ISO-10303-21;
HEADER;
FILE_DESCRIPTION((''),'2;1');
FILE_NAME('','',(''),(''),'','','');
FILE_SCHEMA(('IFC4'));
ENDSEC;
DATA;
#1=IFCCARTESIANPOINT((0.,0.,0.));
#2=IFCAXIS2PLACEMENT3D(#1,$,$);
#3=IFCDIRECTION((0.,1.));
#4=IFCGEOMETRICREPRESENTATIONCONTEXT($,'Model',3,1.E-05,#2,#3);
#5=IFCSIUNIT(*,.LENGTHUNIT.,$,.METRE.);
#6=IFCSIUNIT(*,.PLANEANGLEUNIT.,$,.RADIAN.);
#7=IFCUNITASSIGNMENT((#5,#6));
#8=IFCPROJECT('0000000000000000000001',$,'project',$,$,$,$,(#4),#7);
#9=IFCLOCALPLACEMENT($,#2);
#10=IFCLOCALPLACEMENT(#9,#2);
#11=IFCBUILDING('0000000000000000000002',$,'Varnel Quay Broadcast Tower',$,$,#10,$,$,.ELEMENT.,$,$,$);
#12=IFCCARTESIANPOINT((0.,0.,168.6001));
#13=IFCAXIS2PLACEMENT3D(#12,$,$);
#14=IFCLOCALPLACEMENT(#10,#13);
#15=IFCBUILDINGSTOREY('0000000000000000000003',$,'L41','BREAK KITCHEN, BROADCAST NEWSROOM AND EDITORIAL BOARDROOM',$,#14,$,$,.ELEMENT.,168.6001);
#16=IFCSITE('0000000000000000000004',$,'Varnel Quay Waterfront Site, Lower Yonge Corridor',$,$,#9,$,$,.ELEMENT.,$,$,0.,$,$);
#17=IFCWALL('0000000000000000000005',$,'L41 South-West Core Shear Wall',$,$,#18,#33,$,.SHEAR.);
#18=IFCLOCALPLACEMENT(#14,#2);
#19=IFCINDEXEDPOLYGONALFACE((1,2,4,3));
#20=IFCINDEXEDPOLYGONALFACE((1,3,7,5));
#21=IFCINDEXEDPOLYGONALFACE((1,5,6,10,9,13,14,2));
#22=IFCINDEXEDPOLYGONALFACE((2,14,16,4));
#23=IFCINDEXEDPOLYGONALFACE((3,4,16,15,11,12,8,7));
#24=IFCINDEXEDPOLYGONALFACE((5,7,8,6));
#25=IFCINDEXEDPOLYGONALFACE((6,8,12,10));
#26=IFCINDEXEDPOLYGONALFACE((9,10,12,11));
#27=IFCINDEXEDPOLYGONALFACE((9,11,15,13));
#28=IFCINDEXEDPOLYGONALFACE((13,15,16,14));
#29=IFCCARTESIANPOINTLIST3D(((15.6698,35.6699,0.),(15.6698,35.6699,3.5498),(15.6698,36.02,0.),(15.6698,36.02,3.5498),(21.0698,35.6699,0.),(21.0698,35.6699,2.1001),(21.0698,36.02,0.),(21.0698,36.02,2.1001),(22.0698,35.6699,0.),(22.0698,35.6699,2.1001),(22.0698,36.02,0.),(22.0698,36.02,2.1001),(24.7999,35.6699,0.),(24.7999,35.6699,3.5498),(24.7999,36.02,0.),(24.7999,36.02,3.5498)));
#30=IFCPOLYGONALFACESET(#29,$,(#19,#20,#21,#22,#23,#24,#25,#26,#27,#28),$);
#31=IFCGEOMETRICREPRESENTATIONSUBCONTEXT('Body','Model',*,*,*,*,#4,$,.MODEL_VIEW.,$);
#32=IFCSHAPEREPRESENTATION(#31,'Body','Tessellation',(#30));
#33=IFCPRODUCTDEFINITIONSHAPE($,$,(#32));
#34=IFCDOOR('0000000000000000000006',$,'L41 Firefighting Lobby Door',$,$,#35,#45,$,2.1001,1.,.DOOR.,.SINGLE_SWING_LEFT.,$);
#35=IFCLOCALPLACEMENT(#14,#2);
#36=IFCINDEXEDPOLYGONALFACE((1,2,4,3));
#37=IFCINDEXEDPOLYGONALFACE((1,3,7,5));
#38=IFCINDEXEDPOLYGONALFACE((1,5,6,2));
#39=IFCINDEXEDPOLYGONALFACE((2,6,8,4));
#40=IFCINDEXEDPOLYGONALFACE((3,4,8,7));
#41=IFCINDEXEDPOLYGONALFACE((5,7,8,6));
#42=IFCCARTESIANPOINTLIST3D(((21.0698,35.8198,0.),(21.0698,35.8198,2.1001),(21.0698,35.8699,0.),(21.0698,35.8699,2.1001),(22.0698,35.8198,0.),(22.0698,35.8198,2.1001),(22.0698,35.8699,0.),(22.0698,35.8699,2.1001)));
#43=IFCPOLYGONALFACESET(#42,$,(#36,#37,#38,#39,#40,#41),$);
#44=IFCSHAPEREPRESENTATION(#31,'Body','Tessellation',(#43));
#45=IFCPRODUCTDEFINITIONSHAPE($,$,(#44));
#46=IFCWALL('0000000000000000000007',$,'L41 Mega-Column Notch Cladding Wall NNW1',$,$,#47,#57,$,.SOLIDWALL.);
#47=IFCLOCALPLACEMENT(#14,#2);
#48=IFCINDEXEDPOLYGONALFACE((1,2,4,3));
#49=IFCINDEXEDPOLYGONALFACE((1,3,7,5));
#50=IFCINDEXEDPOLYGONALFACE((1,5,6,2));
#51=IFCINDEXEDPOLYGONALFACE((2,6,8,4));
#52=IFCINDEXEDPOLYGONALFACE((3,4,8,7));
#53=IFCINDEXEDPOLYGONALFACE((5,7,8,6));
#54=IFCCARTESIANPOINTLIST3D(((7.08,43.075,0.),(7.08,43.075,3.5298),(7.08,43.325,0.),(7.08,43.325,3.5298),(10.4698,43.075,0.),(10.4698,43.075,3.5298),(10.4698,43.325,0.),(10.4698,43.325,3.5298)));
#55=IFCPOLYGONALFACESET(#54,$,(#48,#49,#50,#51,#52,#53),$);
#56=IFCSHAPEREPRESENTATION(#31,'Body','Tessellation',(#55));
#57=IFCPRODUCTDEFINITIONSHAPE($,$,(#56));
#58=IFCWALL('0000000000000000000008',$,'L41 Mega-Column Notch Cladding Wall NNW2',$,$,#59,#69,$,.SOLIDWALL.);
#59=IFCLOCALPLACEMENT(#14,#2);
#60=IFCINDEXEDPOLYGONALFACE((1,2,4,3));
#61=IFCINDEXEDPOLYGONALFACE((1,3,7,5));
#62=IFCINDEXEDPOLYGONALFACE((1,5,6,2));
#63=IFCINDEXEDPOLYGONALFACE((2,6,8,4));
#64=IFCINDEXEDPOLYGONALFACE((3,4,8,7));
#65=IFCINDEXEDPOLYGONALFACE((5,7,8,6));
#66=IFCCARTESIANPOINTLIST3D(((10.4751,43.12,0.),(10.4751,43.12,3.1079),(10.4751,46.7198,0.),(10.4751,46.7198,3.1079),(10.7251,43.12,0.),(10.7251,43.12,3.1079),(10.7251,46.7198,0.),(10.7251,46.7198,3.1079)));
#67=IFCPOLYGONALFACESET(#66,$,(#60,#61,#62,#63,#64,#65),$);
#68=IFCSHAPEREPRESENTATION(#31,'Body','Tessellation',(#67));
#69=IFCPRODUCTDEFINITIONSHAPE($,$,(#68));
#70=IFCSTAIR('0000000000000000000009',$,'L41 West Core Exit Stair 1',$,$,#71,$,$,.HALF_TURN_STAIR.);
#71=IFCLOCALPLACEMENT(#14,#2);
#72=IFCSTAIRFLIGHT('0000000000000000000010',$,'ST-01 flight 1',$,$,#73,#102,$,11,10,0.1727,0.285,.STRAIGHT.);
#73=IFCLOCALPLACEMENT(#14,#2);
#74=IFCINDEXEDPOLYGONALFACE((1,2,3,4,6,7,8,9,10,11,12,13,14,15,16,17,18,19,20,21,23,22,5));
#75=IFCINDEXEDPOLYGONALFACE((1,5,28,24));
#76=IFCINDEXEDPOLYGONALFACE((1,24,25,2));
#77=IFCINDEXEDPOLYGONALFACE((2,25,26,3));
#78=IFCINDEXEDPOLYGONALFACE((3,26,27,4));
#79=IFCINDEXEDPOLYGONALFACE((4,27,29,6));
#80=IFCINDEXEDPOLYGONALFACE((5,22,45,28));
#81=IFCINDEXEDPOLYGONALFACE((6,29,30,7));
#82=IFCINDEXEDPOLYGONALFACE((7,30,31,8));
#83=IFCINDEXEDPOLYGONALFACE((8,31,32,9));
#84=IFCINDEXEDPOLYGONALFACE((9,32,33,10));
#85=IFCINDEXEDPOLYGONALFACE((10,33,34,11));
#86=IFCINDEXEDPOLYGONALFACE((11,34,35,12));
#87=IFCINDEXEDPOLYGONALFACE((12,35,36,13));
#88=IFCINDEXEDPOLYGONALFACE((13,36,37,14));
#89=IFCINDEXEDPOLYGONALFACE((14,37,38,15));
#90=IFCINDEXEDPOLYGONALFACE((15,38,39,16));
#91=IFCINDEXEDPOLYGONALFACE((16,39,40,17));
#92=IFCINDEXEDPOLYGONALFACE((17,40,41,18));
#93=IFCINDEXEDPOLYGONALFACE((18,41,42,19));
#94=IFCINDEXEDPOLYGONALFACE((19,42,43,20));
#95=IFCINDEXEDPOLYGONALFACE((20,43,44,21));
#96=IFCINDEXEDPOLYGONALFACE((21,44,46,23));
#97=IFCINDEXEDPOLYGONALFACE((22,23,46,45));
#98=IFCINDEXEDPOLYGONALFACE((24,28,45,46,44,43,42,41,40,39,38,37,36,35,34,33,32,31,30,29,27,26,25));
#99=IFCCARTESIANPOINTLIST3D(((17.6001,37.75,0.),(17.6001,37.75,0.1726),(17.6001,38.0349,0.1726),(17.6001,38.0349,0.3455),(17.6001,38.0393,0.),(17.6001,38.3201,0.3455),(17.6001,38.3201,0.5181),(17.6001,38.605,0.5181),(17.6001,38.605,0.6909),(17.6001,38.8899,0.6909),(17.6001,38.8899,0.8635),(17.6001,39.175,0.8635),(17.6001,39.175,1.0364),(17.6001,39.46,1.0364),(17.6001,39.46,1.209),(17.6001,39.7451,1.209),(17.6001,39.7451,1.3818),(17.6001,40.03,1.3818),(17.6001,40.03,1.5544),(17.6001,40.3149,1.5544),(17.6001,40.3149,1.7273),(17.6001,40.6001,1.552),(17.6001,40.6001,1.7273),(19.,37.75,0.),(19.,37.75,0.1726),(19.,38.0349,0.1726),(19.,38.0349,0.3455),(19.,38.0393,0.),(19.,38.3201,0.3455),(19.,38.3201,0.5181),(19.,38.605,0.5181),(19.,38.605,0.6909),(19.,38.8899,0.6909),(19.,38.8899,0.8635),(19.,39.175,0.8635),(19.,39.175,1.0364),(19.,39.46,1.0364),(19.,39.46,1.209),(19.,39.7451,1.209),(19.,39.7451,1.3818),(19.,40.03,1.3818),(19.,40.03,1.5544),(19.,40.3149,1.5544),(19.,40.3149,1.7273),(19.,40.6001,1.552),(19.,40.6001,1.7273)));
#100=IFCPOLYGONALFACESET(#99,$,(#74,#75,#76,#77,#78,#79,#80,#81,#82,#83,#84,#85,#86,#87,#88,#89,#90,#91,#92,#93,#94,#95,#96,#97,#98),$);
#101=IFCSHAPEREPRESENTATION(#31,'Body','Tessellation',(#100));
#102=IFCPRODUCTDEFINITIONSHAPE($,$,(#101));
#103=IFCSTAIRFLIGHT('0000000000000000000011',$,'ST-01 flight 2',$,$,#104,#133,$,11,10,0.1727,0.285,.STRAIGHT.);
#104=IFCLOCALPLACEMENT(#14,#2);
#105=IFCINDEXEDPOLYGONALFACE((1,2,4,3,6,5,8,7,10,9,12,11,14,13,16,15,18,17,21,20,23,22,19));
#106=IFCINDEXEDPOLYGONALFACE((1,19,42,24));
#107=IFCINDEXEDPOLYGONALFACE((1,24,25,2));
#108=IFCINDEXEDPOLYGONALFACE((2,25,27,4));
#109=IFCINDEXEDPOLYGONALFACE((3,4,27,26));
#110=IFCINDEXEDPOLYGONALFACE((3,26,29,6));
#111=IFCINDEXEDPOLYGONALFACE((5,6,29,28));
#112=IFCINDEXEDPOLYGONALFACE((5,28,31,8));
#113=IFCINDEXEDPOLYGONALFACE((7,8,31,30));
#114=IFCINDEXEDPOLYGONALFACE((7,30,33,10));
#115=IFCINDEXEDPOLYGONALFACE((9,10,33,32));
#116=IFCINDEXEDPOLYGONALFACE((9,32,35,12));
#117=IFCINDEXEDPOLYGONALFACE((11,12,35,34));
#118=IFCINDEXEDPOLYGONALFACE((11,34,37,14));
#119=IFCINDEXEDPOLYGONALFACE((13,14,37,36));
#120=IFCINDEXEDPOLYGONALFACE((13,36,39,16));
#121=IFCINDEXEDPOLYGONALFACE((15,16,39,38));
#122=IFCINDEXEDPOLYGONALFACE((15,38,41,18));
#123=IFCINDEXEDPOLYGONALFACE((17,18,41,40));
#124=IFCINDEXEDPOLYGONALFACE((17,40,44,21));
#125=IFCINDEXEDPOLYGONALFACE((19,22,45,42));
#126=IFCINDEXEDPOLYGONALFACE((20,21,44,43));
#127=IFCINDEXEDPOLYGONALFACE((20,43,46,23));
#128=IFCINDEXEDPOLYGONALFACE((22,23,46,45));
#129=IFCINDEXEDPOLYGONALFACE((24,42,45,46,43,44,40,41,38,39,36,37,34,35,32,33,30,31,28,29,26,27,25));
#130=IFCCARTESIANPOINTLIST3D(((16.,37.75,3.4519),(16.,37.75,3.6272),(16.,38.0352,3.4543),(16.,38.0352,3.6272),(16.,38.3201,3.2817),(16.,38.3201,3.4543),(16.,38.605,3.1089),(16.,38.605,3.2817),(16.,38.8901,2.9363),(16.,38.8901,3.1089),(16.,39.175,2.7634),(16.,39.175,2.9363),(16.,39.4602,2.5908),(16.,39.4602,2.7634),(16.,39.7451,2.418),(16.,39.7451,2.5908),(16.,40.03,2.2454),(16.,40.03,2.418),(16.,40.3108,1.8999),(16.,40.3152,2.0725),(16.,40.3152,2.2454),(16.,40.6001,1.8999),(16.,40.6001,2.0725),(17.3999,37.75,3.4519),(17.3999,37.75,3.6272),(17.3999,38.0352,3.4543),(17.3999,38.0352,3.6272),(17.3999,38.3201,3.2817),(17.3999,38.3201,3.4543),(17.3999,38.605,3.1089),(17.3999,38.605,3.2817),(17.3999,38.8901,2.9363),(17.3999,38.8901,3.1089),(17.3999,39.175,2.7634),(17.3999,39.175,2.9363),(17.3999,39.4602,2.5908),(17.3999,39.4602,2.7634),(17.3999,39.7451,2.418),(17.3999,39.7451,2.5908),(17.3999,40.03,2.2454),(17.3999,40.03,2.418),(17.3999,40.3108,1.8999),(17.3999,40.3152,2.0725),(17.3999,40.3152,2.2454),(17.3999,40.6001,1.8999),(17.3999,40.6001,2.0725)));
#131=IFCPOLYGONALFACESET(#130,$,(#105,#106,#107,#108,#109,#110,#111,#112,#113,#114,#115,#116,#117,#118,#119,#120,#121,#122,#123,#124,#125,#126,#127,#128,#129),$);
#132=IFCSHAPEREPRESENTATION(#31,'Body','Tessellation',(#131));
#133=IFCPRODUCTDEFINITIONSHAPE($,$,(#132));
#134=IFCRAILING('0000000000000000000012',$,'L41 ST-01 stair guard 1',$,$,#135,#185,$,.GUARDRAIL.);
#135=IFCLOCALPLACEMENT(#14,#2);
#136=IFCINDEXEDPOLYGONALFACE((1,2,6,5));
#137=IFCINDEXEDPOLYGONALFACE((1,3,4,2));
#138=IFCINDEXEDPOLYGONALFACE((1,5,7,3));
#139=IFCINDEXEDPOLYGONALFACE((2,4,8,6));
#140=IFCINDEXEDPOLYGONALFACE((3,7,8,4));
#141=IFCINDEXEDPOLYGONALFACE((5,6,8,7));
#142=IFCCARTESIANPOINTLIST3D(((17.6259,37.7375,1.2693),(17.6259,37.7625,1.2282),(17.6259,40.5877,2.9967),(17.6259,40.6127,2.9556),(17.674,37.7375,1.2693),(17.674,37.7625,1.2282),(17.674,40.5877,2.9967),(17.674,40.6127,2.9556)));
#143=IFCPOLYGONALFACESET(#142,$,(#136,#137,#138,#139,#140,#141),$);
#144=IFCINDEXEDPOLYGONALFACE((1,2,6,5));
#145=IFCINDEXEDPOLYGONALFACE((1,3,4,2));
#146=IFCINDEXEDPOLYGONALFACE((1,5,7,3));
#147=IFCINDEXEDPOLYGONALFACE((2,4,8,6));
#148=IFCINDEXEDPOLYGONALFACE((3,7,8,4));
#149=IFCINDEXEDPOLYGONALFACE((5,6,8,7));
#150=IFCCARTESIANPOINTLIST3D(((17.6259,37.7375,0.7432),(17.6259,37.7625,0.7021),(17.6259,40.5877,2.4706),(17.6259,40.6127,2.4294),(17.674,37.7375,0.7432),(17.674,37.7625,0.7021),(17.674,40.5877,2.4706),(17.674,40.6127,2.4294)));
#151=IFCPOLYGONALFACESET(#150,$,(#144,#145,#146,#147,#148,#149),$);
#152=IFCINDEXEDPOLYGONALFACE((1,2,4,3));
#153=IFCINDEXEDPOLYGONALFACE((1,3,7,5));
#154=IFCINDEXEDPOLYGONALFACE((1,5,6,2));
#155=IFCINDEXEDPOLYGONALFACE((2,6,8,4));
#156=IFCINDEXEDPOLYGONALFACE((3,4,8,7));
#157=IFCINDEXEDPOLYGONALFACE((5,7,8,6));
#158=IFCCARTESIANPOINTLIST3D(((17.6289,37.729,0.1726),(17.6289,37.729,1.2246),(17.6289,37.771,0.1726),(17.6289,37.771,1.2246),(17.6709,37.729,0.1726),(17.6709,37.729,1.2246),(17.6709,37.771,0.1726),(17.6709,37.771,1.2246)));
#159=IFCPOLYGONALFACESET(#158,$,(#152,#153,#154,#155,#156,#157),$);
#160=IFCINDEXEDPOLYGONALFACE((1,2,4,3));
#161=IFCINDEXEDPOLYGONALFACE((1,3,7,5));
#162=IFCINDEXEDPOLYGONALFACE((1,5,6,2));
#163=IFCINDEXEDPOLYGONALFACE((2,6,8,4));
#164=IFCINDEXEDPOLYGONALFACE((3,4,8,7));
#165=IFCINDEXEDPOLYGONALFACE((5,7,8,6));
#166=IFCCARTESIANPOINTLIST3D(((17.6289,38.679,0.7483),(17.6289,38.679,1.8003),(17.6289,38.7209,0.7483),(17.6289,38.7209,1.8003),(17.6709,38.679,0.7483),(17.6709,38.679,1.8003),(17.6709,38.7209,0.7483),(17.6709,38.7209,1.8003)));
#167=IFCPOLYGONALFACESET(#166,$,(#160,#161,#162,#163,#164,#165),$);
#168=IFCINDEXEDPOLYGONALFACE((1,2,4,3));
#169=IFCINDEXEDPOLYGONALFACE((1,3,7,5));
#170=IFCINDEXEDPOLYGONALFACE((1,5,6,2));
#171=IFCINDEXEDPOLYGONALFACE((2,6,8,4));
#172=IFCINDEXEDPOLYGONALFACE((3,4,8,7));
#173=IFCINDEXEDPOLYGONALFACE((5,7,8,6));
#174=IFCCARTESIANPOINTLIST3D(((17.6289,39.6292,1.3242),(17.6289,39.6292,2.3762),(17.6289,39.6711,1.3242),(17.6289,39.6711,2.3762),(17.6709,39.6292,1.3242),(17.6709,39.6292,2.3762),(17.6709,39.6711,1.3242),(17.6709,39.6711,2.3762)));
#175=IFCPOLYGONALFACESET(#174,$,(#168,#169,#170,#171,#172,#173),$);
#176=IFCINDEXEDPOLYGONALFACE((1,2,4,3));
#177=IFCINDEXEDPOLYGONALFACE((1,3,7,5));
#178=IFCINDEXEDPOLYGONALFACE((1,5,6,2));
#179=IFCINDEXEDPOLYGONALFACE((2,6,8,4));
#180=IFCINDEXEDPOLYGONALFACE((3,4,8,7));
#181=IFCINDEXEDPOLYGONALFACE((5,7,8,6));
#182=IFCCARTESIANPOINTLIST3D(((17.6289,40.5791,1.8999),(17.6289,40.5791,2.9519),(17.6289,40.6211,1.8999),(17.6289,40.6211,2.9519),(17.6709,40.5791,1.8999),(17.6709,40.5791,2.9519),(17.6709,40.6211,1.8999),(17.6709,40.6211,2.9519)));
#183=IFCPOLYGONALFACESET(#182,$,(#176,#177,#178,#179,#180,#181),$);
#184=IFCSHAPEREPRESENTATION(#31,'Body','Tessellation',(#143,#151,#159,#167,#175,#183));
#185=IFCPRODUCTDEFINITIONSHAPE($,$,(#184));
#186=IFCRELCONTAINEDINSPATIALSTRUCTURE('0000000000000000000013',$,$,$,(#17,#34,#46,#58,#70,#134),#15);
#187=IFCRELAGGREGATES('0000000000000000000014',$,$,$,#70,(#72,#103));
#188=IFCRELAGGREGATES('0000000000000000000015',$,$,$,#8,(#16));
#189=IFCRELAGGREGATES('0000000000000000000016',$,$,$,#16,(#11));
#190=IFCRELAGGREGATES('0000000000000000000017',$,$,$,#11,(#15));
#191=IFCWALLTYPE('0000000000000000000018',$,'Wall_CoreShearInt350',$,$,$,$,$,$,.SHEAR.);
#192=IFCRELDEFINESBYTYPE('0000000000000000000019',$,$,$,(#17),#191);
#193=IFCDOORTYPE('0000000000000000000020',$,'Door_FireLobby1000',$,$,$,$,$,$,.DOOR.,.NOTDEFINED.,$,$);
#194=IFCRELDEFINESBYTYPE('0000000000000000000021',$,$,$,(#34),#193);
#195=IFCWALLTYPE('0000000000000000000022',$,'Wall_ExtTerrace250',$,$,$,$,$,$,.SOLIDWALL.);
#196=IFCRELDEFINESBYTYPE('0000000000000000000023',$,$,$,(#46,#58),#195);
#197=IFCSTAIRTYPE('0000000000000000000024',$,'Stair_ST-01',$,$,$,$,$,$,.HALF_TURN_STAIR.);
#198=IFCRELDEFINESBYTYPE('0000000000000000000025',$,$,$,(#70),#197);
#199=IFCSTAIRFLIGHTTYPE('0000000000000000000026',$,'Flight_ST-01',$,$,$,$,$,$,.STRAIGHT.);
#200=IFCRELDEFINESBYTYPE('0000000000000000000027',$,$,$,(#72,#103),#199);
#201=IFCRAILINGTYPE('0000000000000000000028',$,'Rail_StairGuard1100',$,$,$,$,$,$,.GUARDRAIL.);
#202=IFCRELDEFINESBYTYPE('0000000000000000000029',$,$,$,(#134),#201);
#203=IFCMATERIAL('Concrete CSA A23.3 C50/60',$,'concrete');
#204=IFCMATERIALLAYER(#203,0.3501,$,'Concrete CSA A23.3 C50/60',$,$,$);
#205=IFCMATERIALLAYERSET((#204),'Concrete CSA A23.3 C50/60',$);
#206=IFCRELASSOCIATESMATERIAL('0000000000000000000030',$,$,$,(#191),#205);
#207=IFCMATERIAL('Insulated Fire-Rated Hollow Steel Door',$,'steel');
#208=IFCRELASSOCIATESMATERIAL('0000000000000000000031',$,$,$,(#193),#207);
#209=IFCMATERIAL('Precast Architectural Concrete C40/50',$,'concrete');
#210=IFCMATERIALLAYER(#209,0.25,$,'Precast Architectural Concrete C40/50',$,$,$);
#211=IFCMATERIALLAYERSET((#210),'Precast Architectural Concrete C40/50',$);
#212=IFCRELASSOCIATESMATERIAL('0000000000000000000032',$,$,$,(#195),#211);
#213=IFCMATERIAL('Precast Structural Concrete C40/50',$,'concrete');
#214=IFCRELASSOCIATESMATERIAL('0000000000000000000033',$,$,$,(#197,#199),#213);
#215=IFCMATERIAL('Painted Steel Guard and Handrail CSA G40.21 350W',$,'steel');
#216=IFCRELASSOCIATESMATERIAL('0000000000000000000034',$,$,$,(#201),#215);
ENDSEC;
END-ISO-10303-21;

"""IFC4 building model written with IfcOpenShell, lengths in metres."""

from ifc_helpers import new_model, si_unit, direction, frame, frame_2d, origin, origin_2d, place, context, subcontext, project, spatial, polyline, rectangle, outline, extrude, source, transform, mapped, material, layer, layer_set, type_object, type_shapes, element, fill, aggregate, save


model = new_model("IFC4")

# Units and contexts
model_context = context("Model", 3, precision=1e-05, world=origin(), true_north=direction((0.0, 1.0)))
body_context = subcontext(model_context, "Body", "Model", "MODEL_VIEW")
ifc_project = project(units=[si_unit("LENGTHUNIT", "METRE"), si_unit("PLANEANGLEUNIT", "RADIAN")], contexts=[model_context])

# Site, building, storey
site_placement = place(None, origin())
site = spatial("IfcSite", under=ifc_project, at=site_placement, Name="Varnel Quay Waterfront Site, Lower Yonge Corridor", CompositionType="ELEMENT", RefElevation=0.0)
building_placement = place(site_placement, origin())
building = spatial("IfcBuilding", under=site, at=building_placement, Name="Varnel Quay Broadcast Tower", CompositionType="ELEMENT")
storey_placement = place(building_placement, frame((0.0, 0.0, 168.6001)))
storey = spatial("IfcBuildingStorey", under=building, at=storey_placement, Name="L41", Description="BREAK KITCHEN, BROADCAST NEWSROOM AND EDITORIAL BOARDROOM", CompositionType="ELEMENT", Elevation=168.6001)

# Shared definitions
ifc_material_1 = material(Name="Concrete CSA A23.3 C50/60", Category="concrete")
ifc_material_2 = material(Name="Insulated Fire-Rated Hollow Steel Door", Category="steel")

# Shared definitions
ifc_layer_1 = layer(ifc_material_1, 0.3501, Name="Concrete CSA A23.3 C50/60")
ifc_layer_set_1 = layer_set([ifc_layer_1], Name="Concrete CSA A23.3 C50/60")
wall_type_1 = type_object("IfcWallType", Name="Wall_CoreShearInt350", PredefinedType="SHEAR", material=ifc_layer_set_1)

# Wall, opening, door
wall_1_placement = place(storey_placement, frame((15.6699, 35.845, 0.0), z_axis=(0.0, 0.0, 1.0), x_axis=(1.0, 0.0, 0.0)))
wall_1 = element("IfcWall", 1, at=wall_1_placement, inside=storey, type_object=wall_type_1, Name="L41 South-West Core Shear Wall", PredefinedType="SHEAR", context=body_context, shape_type="SweptSolid", body=[
    extrude(rectangle(XDim=9.1301, YDim=0.3501, at=frame_2d((4.5649, 0.0))), origin(), (0.0, 0.0, 1.0), 3.5498),
])
opening_1_placement = place(wall_1_placement, frame((5.3999, 0.0, 0.0)))
opening_1 = element("IfcOpeningElement", 2, at=opening_1_placement, cuts=wall_1, PredefinedType="OPENING", context=body_context, shape_type="SweptSolid", body=[
    extrude(rectangle(XDim=1.0, YDim=2.1001, at=frame_2d((0.5, 1.05))), frame((0.0, 0.1851, 0.0), z_axis=(0.0, -1.0, 0.0), x_axis=(1.0, 0.0, 0.0)), (0.0, 0.0, 1.0), 0.3701),
])
door_type_1 = type_object("IfcDoorType", Name="Door_FireLobby1000", OperationType="NOTDEFINED", PredefinedType="DOOR", material=ifc_material_2)
shared_shape_1 = source(origin(), body_context, "Body", "SweptSolid", [
    extrude(rectangle(XDim=1.0, YDim=2.1001, at=frame_2d((0.5, 1.05))), frame((0.0, 0.0249, 0.0), z_axis=(0.0, -1.0, 0.0), x_axis=(1.0, 0.0, 0.0)), (0.0, 0.0, 1.0), 0.05),
])
type_shapes(door_type_1, [shared_shape_1])
door_1_placement = place(opening_1_placement, origin())
door_1 = element("IfcDoor", 3, at=door_1_placement, inside=storey, type_object=door_type_1, Name="L41 Firefighting Lobby Door", OperationType="SINGLE_SWING_LEFT", OverallHeight=2.1001, OverallWidth=1.0, PredefinedType="DOOR", context=body_context, shape_type="MappedRepresentation", body=[
    mapped(shared_shape_1, transform((0.0, 0.0, 0.0), x_axis=(1.0, 0.0, 0.0), y_axis=(0.0, 1.0, 0.0), z_axis=(0.0, 0.0, 1.0), scale=1.0)),
])
fill(opening_1, door_1)

# Walls
ifc_material_3 = material(Name="Precast Architectural Concrete C40/50", Category="concrete")
ifc_layer_2 = layer(ifc_material_3, 0.25, Name="Precast Architectural Concrete C40/50")
ifc_layer_set_2 = layer_set([ifc_layer_2], Name="Precast Architectural Concrete C40/50")
wall_type_2 = type_object("IfcWallType", Name="Wall_ExtTerrace250", PredefinedType="SOLIDWALL", material=ifc_layer_set_2)
wall_2_placement = place(storey_placement, frame((7.0801, 43.2, 0.0), z_axis=(0.0, 0.0, 1.0), x_axis=(1.0, 0.0, 0.0)))
element("IfcWall", 4, at=wall_2_placement, inside=storey, type_object=wall_type_2, Name="L41 Mega-Column Notch Cladding Wall NNW1", PredefinedType="SOLIDWALL", context=body_context, shape_type="SweptSolid", body=[
    extrude(rectangle(XDim=3.3899, YDim=0.25, at=frame_2d((1.6948, 0.0))), origin(), (0.0, 0.0, 1.0), 3.5298),
])
wall_3_placement = place(storey_placement, frame((10.6001, 43.1201, 0.0), z_axis=(0.0, 0.0, 1.0), x_axis=(0.0, 1.0, 0.0)))
element("IfcWall", 5, at=wall_3_placement, inside=storey, type_object=wall_type_2, Name="L41 Mega-Column Notch Cladding Wall NNW2", PredefinedType="SOLIDWALL", context=body_context, shape_type="SweptSolid", body=[
    extrude(rectangle(XDim=3.5999, YDim=0.25, at=frame_2d((1.7998, 0.0))), origin(), (0.0, 0.0, 1.0), 3.1079),
])

# Stair, stair flights
ifc_material_4 = material(Name="Precast Structural Concrete C40/50", Category="concrete")
stair_type = type_object("IfcStairType", Name="Stair_ST-01", PredefinedType="HALF_TURN_STAIR", material=ifc_material_4)
stair_placement = place(storey_placement, origin())
stair = element("IfcStair", 6, at=stair_placement, inside=storey, type_object=stair_type, Name="L41 West Core Exit Stair 1", PredefinedType="HALF_TURN_STAIR")
stair_flight_type = type_object("IfcStairFlightType", Name="Flight_ST-01", PredefinedType="STRAIGHT", material=ifc_material_4)
stair_flight_1_placement = place(storey_placement, frame((18.3, 37.75, 0.0), z_axis=(0.0, 0.0, 1.0), x_axis=(0.0, 1.0, 0.0)))
stair_flight_1 = element("IfcStairFlight", 7, at=stair_flight_1_placement, type_object=stair_flight_type, Name="ST-01 flight 1", NumberOfRisers=11, NumberOfTreads=10, PredefinedType="STRAIGHT", RiserHeight=0.1727, TreadLength=0.285, context=body_context, shape_type="SweptSolid", body=[
    extrude(outline(polyline([(0.0, 0.0), (0.0, 0.1726), (0.2849, 0.1726), (0.2849, 0.3455), (0.5701, 0.3455), (0.5701, 0.5181), (0.855, 0.5181), (0.855, 0.6909), (1.1399, 0.6909), (1.1399, 0.8635), (1.425, 0.8635), (1.425, 1.0364), (1.71, 1.0364), (1.71, 1.209), (1.9951, 1.209), (1.9951, 1.3818), (2.28, 1.3818), (2.28, 1.5544), (2.5649, 1.5544), (2.5649, 1.7273), (2.8501, 1.7273), (2.8501, 1.8999), (2.8501, 1.552), (0.2893, 0.0), (0.0, 0.0)])), frame((0.0, 0.7, 0.0), z_axis=(0.0, -1.0, 0.0), x_axis=(1.0, 0.0, 0.0)), (0.0, 0.0, 1.0), 1.3999),
])
stair_flight_2_placement = place(storey_placement, frame((16.7, 40.6001, 1.8999), z_axis=(0.0, 0.0, 1.0), x_axis=(0.0, -1.0, 0.0)))
stair_flight_2 = element("IfcStairFlight", 8, at=stair_flight_2_placement, type_object=stair_flight_type, Name="ST-01 flight 2", NumberOfRisers=11, NumberOfTreads=10, PredefinedType="STRAIGHT", RiserHeight=0.1727, TreadLength=0.285, context=body_context, shape_type="SweptSolid", body=[
    extrude(outline(polyline([(0.0, 0.0), (0.0, 0.1726), (0.2849, 0.1726), (0.2849, 0.3455), (0.5701, 0.3455), (0.5701, 0.5181), (0.855, 0.5181), (0.855, 0.6909), (1.1399, 0.6909), (1.1399, 0.8635), (1.425, 0.8635), (1.425, 1.0364), (1.71, 1.0364), (1.71, 1.209), (1.9951, 1.209), (1.9951, 1.3818), (2.28, 1.3818), (2.28, 1.5544), (2.5649, 1.5544), (2.5649, 1.7273), (2.8501, 1.7273), (2.8501, 1.8999), (2.8501, 1.552), (0.2893, 0.0), (0.0, 0.0)])), frame((0.0, 0.7, 0.0), z_axis=(0.0, -1.0, 0.0), x_axis=(1.0, 0.0, 0.0)), (0.0, 0.0, 1.0), 1.3999),
])
aggregate(stair, [stair_flight_1, stair_flight_2])

# Railing
ifc_material_5 = material(Name="Painted Steel Guard and Handrail CSA G40.21 350W", Category="steel")
railing_type_1 = type_object("IfcRailingType", Name="Rail_StairGuard1100", PredefinedType="GUARDRAIL", material=ifc_material_5)
railing_1_placement = place(storey_placement, frame((17.6499, 37.75, 0.1726)))
element("IfcRailing", 9, at=railing_1_placement, inside=storey, type_object=railing_type_1, Name="L41 ST-01 stair guard 1", PredefinedType="GUARDRAIL", context=body_context, shape_type="SweptSolid", body=[
    extrude(rectangle(XDim=0.0481, YDim=0.0481, at=origin_2d()), frame((0.0, 0.0, 1.0762), z_axis=(0.0, 0.855203, 0.518294), x_axis=(-1.0, 0.0, 0.0)), (0.0, 0.0, 1.0), 3.3328),
    extrude(rectangle(XDim=0.0481, YDim=0.0481, at=origin_2d()), frame((0.0, 0.0, 0.55), z_axis=(0.0, 0.855203, 0.518294), x_axis=(-1.0, 0.0, 0.0)), (0.0, 0.0, 1.0), 3.3328),
    extrude(rectangle(XDim=0.042, YDim=0.042, at=origin_2d()), origin(), (0.0, 0.0, 1.0), 1.052),
    extrude(rectangle(XDim=0.042, YDim=0.042, at=origin_2d()), frame((0.0, 0.95, 0.5757)), (0.0, 0.0, 1.0), 1.052),
    extrude(rectangle(XDim=0.042, YDim=0.042, at=origin_2d()), frame((0.0, 1.9001, 1.1516)), (0.0, 0.0, 1.0), 1.052),
    extrude(rectangle(XDim=0.042, YDim=0.042, at=origin_2d()), frame((0.0, 2.8501, 1.7273)), (0.0, 0.0, 1.0), 1.052),
])

save(model, "model.ifc")
